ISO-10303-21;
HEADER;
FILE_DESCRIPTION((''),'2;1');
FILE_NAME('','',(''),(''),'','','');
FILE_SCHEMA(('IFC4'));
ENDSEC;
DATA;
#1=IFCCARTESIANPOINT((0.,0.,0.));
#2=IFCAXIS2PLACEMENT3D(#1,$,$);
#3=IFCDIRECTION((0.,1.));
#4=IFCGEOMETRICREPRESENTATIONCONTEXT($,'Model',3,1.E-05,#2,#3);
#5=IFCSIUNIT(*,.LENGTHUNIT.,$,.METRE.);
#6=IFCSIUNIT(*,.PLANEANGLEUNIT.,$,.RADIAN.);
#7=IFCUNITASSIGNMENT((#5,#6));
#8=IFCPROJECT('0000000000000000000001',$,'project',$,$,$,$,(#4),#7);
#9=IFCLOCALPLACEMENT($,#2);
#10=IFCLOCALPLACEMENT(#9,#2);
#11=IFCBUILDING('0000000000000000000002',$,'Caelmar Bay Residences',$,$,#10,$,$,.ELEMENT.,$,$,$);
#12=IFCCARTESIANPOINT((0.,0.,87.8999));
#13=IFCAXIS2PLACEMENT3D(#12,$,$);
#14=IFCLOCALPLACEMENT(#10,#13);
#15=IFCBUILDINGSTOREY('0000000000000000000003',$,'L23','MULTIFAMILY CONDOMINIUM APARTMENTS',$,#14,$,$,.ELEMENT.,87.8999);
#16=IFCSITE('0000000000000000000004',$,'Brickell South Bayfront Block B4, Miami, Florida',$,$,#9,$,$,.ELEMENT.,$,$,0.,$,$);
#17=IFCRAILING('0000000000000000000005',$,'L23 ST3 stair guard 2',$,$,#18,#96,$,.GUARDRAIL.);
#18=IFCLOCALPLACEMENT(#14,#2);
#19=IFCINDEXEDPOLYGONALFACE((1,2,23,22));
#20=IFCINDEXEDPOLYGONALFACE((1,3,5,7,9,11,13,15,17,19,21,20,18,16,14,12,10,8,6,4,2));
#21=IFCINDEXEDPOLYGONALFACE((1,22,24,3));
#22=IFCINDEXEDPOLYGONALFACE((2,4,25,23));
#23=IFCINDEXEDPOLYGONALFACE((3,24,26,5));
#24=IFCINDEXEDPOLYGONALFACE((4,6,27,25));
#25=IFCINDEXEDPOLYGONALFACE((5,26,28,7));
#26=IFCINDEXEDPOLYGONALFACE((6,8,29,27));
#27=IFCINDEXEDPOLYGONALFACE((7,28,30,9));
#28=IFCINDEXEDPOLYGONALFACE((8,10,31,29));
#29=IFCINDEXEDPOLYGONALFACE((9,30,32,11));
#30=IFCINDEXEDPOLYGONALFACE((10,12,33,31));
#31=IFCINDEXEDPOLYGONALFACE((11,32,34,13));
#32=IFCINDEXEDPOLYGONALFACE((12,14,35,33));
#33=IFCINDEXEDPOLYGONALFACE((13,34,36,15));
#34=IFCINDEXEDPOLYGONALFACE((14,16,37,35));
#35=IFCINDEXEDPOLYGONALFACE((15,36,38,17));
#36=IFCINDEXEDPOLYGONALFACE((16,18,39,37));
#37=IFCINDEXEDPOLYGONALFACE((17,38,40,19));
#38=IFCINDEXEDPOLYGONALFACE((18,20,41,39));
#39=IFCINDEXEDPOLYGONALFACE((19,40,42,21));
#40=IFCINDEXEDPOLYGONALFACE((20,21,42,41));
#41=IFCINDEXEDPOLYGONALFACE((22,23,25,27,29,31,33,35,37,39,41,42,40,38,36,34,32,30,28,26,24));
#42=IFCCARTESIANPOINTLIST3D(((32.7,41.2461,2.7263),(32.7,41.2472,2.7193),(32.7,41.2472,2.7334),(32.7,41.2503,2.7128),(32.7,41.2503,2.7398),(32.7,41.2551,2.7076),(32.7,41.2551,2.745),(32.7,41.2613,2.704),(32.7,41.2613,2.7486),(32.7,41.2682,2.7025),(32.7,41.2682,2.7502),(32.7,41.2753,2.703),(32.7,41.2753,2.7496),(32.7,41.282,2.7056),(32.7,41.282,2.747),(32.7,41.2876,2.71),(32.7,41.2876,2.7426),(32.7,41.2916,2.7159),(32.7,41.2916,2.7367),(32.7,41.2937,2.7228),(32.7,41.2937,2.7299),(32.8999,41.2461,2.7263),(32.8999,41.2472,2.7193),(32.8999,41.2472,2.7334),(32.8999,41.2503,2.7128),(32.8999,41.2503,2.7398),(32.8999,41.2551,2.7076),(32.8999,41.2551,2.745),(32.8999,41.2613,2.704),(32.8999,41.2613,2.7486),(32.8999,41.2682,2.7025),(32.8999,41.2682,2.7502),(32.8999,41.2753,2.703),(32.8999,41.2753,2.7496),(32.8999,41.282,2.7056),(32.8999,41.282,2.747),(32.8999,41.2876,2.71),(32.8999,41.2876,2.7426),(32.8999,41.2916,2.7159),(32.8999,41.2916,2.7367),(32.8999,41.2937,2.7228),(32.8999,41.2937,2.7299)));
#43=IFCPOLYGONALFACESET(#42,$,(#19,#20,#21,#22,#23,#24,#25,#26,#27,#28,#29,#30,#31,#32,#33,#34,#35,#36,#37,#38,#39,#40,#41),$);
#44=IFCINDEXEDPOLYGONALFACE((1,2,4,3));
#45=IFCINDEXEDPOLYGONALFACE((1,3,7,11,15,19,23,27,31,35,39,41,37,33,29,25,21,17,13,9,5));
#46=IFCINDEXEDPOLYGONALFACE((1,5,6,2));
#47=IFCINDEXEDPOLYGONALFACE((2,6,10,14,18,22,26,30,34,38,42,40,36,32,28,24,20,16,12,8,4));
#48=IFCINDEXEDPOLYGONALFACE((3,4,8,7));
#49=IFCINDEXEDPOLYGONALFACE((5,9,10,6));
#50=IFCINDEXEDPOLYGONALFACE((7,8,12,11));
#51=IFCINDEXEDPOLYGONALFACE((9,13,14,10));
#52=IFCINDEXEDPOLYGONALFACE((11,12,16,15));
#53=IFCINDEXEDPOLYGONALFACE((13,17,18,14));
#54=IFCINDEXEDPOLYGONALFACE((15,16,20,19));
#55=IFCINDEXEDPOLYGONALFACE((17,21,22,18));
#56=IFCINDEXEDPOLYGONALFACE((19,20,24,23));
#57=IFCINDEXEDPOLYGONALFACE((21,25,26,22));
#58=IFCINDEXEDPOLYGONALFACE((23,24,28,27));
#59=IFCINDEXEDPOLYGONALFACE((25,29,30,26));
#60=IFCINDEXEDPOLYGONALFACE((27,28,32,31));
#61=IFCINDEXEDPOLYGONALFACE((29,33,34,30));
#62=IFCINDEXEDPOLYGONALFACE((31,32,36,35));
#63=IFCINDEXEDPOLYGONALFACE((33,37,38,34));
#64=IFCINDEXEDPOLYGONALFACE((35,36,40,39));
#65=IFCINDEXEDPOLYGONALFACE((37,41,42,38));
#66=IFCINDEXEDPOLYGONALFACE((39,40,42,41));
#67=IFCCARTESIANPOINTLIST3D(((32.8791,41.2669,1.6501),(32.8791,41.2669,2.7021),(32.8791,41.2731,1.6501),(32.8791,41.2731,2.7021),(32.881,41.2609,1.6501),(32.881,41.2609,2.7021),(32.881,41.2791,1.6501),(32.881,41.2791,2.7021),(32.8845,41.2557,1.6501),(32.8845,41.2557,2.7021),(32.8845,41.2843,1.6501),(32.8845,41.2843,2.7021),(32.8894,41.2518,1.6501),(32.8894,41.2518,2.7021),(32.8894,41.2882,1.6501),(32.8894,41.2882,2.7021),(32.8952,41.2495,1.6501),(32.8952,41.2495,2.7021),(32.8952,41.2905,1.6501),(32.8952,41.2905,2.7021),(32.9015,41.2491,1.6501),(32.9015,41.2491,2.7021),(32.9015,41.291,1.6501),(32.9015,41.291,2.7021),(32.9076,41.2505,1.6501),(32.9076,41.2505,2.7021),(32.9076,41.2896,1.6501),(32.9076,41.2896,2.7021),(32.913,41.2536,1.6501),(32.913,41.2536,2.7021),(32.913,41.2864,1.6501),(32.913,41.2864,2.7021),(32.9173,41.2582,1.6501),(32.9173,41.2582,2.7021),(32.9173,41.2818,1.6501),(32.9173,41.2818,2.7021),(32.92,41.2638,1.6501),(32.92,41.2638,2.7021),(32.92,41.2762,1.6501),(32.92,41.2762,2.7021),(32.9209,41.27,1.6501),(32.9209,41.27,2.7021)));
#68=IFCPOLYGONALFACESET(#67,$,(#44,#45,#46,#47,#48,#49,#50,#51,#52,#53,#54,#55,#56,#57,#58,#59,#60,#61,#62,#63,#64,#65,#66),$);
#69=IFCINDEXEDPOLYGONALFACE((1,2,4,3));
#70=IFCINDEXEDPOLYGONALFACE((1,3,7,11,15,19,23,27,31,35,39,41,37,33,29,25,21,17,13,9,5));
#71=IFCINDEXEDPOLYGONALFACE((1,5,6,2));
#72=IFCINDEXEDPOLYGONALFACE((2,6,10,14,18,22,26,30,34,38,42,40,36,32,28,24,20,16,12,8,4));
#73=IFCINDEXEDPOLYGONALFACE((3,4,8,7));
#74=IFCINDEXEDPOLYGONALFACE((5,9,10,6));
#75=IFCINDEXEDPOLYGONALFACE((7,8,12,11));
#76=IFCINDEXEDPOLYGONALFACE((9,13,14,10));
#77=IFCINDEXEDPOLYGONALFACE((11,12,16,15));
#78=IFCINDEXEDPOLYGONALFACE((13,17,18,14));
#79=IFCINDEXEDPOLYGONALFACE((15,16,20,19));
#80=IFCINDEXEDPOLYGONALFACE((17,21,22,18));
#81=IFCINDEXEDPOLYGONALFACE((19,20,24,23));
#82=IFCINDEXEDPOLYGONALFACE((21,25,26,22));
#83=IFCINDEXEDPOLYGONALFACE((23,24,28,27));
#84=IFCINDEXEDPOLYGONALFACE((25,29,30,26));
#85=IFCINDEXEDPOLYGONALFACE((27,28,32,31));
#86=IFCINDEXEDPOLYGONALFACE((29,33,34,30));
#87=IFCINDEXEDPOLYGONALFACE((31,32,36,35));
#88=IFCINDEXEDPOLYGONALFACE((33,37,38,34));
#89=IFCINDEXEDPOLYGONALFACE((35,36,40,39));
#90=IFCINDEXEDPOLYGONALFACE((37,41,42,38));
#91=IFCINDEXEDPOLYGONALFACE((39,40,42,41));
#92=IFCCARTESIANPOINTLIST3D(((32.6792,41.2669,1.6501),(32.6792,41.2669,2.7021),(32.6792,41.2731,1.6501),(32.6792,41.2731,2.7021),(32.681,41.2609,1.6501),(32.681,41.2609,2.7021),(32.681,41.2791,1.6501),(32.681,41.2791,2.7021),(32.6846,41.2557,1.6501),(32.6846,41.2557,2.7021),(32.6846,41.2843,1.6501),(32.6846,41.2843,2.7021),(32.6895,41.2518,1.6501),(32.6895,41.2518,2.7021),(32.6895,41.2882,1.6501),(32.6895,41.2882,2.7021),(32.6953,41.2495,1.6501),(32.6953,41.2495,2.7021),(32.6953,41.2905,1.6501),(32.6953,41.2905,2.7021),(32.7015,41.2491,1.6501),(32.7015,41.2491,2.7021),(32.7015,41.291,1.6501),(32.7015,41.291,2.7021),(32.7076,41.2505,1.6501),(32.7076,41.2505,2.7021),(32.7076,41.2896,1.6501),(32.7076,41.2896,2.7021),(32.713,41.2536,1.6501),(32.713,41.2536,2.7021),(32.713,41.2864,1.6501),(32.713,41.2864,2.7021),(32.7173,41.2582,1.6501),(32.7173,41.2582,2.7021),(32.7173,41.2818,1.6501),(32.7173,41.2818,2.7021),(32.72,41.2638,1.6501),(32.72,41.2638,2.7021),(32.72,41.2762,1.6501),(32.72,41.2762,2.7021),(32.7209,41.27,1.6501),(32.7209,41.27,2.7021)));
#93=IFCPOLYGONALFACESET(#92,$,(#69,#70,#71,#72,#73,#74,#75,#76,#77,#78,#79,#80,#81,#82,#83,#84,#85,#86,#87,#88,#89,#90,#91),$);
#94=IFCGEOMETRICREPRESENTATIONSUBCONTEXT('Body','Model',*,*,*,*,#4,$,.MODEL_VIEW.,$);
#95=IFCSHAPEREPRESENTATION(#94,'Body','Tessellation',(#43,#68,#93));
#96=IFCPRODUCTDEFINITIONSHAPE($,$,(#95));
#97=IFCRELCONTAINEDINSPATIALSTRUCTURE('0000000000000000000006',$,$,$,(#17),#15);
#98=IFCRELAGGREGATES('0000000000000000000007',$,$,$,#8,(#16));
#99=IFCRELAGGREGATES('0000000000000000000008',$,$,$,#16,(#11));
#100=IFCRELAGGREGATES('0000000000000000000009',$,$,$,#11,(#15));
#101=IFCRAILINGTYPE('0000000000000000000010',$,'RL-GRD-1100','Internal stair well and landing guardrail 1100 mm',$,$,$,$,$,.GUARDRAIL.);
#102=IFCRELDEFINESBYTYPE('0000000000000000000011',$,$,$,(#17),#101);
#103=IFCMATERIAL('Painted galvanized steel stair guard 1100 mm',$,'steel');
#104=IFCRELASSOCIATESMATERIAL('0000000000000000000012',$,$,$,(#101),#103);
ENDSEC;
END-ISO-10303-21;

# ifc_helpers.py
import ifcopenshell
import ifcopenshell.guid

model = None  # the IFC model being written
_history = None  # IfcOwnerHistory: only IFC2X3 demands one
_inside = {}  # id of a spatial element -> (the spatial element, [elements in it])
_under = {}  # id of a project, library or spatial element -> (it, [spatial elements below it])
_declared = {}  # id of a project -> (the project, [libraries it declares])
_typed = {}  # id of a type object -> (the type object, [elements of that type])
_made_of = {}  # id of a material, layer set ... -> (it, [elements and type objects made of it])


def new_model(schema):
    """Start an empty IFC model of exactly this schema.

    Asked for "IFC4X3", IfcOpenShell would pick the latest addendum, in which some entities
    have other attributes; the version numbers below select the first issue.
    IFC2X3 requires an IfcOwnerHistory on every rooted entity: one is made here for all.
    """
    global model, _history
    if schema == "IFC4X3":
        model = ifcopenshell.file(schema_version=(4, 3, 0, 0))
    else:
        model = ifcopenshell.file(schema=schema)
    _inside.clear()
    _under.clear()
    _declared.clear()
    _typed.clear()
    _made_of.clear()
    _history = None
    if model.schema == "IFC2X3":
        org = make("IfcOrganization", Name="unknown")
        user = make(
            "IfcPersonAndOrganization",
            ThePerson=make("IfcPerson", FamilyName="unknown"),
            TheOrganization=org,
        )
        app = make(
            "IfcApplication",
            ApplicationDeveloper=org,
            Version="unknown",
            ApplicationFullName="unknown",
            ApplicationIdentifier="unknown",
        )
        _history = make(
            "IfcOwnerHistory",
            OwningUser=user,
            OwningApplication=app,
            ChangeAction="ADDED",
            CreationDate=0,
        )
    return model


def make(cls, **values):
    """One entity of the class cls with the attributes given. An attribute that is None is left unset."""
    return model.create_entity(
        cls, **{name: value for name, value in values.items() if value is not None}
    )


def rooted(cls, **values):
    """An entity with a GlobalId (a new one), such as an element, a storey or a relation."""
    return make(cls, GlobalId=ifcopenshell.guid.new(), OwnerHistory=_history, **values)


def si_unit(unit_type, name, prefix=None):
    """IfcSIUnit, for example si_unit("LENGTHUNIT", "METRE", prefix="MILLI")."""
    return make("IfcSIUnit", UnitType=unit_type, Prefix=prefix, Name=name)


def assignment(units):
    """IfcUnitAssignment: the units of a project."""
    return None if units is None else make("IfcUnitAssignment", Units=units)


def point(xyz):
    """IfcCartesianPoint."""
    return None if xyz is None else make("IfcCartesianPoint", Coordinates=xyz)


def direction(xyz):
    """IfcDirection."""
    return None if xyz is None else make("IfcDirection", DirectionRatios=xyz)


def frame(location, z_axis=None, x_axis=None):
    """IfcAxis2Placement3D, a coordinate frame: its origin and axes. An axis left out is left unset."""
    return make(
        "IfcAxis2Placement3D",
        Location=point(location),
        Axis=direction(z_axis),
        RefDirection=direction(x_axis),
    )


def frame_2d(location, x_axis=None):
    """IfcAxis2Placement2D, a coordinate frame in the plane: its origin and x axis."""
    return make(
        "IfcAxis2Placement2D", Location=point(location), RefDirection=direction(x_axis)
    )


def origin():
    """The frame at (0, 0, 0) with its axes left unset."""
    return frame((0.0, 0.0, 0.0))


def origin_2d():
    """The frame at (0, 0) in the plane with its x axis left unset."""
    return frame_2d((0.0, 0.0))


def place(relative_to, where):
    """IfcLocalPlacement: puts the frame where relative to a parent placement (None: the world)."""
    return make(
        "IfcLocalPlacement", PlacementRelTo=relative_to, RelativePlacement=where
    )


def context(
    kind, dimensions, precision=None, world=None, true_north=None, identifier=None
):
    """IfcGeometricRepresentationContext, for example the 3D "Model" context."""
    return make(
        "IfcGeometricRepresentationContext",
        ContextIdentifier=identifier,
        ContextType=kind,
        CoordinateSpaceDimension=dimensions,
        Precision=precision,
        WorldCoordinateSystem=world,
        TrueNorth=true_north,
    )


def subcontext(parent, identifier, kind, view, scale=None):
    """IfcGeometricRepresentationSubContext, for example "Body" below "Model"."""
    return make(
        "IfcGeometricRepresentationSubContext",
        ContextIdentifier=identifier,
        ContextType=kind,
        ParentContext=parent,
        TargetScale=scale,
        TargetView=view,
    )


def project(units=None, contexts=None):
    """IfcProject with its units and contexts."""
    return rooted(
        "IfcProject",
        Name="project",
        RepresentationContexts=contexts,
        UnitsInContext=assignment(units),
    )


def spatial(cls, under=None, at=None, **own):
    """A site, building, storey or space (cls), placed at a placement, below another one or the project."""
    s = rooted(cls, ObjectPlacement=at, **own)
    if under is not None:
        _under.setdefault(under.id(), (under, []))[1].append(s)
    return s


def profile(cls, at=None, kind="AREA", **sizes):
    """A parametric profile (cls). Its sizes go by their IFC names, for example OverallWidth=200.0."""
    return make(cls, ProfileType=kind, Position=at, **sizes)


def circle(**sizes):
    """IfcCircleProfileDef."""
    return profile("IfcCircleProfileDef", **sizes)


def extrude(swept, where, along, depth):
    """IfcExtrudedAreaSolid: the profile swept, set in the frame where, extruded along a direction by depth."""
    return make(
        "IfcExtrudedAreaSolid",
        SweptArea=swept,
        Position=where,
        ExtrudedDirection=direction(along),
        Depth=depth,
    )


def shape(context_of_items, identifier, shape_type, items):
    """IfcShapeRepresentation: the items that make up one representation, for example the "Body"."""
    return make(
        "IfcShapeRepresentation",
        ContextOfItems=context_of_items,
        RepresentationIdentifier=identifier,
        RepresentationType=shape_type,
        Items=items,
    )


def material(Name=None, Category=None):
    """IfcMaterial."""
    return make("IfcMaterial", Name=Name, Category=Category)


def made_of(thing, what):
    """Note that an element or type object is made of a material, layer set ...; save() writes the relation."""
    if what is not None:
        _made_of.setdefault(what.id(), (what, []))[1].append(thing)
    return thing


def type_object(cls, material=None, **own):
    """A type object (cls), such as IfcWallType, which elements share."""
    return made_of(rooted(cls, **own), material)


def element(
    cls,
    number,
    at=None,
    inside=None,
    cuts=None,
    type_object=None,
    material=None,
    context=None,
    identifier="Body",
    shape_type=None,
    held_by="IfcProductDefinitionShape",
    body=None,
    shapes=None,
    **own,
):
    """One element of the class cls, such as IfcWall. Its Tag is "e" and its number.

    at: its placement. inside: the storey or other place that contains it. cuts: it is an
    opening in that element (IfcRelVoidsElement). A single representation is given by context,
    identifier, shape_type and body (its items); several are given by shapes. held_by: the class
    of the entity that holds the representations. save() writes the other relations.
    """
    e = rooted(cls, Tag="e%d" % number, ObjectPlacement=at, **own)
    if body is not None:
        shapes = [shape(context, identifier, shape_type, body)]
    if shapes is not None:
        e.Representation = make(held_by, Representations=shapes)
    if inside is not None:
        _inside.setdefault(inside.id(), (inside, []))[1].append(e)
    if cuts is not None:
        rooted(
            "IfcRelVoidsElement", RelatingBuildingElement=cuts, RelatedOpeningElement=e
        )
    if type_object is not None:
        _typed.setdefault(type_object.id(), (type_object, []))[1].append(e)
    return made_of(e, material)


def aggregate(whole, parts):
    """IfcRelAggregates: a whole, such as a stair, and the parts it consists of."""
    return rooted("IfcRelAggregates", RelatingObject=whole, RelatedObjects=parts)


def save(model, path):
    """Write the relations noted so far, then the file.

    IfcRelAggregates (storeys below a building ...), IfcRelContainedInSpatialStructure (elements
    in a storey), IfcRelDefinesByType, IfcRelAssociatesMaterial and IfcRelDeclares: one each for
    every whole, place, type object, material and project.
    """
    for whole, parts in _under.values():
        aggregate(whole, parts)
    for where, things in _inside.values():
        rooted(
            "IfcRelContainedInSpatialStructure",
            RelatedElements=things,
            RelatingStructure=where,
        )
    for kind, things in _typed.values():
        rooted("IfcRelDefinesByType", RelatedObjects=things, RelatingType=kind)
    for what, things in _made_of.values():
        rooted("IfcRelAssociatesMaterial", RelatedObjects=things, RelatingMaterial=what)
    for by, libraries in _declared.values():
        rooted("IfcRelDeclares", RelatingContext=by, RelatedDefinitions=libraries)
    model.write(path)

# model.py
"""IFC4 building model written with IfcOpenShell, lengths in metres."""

from ifc_helpers import new_model, si_unit, direction, frame, origin, origin_2d, place, context, subcontext, project, spatial, circle, extrude, material, type_object, element, save


model = new_model("IFC4")

# Units and contexts
model_context = context("Model", 3, precision=1e-05, world=origin(), true_north=direction((0.0, 1.0)))
body_context = subcontext(model_context, "Body", "Model", "MODEL_VIEW")
ifc_project = project(units=[si_unit("LENGTHUNIT", "METRE"), si_unit("PLANEANGLEUNIT", "RADIAN")], contexts=[model_context])

# Site, building, storey
site_placement = place(None, origin())
site = spatial("IfcSite", under=ifc_project, at=site_placement, Name="Brickell South Bayfront Block B4, Miami, Florida", CompositionType="ELEMENT", RefElevation=0.0)
building_placement = place(site_placement, origin())
building = spatial("IfcBuilding", under=site, at=building_placement, Name="Caelmar Bay Residences", CompositionType="ELEMENT")
storey_placement = place(building_placement, frame((0.0, 0.0, 87.8999)))
storey = spatial("IfcBuildingStorey", under=building, at=storey_placement, Name="L23", Description="MULTIFAMILY CONDOMINIUM APARTMENTS", CompositionType="ELEMENT", Elevation=87.8999)

# Railing
ifc_material_1 = material(Name="Painted galvanized steel stair guard 1100 mm", Category="steel")
railing_type_1 = type_object("IfcRailingType", Name="RL-GRD-1100", Description="Internal stair well and landing guardrail 1100 mm", PredefinedType="GUARDRAIL", material=ifc_material_1)
railing_1_placement = place(storey_placement, frame((32.8999, 41.27, 1.6501)))
element("IfcRailing", 1, at=railing_1_placement, inside=storey, type_object=railing_type_1, Name="L23 ST3 stair guard 2", PredefinedType="GUARDRAIL", context=body_context, shape_type="SweptSolid", body=[
    extrude(circle(Radius=0.0239, at=origin_2d()), frame((0.0, 0.0, 1.0762), z_axis=(-1.0, 0.0, 0.0), x_axis=(0.0, -1.0, 0.0)), (0.0, 0.0, 1.0), 0.2),
    extrude(circle(Radius=0.021, at=origin_2d()), origin(), (0.0, 0.0, 1.0), 1.052),
    extrude(circle(Radius=0.021, at=origin_2d()), frame((-0.2, 0.0, 0.0)), (0.0, 0.0, 1.0), 1.052),
])

save(model, "model.ifc")
